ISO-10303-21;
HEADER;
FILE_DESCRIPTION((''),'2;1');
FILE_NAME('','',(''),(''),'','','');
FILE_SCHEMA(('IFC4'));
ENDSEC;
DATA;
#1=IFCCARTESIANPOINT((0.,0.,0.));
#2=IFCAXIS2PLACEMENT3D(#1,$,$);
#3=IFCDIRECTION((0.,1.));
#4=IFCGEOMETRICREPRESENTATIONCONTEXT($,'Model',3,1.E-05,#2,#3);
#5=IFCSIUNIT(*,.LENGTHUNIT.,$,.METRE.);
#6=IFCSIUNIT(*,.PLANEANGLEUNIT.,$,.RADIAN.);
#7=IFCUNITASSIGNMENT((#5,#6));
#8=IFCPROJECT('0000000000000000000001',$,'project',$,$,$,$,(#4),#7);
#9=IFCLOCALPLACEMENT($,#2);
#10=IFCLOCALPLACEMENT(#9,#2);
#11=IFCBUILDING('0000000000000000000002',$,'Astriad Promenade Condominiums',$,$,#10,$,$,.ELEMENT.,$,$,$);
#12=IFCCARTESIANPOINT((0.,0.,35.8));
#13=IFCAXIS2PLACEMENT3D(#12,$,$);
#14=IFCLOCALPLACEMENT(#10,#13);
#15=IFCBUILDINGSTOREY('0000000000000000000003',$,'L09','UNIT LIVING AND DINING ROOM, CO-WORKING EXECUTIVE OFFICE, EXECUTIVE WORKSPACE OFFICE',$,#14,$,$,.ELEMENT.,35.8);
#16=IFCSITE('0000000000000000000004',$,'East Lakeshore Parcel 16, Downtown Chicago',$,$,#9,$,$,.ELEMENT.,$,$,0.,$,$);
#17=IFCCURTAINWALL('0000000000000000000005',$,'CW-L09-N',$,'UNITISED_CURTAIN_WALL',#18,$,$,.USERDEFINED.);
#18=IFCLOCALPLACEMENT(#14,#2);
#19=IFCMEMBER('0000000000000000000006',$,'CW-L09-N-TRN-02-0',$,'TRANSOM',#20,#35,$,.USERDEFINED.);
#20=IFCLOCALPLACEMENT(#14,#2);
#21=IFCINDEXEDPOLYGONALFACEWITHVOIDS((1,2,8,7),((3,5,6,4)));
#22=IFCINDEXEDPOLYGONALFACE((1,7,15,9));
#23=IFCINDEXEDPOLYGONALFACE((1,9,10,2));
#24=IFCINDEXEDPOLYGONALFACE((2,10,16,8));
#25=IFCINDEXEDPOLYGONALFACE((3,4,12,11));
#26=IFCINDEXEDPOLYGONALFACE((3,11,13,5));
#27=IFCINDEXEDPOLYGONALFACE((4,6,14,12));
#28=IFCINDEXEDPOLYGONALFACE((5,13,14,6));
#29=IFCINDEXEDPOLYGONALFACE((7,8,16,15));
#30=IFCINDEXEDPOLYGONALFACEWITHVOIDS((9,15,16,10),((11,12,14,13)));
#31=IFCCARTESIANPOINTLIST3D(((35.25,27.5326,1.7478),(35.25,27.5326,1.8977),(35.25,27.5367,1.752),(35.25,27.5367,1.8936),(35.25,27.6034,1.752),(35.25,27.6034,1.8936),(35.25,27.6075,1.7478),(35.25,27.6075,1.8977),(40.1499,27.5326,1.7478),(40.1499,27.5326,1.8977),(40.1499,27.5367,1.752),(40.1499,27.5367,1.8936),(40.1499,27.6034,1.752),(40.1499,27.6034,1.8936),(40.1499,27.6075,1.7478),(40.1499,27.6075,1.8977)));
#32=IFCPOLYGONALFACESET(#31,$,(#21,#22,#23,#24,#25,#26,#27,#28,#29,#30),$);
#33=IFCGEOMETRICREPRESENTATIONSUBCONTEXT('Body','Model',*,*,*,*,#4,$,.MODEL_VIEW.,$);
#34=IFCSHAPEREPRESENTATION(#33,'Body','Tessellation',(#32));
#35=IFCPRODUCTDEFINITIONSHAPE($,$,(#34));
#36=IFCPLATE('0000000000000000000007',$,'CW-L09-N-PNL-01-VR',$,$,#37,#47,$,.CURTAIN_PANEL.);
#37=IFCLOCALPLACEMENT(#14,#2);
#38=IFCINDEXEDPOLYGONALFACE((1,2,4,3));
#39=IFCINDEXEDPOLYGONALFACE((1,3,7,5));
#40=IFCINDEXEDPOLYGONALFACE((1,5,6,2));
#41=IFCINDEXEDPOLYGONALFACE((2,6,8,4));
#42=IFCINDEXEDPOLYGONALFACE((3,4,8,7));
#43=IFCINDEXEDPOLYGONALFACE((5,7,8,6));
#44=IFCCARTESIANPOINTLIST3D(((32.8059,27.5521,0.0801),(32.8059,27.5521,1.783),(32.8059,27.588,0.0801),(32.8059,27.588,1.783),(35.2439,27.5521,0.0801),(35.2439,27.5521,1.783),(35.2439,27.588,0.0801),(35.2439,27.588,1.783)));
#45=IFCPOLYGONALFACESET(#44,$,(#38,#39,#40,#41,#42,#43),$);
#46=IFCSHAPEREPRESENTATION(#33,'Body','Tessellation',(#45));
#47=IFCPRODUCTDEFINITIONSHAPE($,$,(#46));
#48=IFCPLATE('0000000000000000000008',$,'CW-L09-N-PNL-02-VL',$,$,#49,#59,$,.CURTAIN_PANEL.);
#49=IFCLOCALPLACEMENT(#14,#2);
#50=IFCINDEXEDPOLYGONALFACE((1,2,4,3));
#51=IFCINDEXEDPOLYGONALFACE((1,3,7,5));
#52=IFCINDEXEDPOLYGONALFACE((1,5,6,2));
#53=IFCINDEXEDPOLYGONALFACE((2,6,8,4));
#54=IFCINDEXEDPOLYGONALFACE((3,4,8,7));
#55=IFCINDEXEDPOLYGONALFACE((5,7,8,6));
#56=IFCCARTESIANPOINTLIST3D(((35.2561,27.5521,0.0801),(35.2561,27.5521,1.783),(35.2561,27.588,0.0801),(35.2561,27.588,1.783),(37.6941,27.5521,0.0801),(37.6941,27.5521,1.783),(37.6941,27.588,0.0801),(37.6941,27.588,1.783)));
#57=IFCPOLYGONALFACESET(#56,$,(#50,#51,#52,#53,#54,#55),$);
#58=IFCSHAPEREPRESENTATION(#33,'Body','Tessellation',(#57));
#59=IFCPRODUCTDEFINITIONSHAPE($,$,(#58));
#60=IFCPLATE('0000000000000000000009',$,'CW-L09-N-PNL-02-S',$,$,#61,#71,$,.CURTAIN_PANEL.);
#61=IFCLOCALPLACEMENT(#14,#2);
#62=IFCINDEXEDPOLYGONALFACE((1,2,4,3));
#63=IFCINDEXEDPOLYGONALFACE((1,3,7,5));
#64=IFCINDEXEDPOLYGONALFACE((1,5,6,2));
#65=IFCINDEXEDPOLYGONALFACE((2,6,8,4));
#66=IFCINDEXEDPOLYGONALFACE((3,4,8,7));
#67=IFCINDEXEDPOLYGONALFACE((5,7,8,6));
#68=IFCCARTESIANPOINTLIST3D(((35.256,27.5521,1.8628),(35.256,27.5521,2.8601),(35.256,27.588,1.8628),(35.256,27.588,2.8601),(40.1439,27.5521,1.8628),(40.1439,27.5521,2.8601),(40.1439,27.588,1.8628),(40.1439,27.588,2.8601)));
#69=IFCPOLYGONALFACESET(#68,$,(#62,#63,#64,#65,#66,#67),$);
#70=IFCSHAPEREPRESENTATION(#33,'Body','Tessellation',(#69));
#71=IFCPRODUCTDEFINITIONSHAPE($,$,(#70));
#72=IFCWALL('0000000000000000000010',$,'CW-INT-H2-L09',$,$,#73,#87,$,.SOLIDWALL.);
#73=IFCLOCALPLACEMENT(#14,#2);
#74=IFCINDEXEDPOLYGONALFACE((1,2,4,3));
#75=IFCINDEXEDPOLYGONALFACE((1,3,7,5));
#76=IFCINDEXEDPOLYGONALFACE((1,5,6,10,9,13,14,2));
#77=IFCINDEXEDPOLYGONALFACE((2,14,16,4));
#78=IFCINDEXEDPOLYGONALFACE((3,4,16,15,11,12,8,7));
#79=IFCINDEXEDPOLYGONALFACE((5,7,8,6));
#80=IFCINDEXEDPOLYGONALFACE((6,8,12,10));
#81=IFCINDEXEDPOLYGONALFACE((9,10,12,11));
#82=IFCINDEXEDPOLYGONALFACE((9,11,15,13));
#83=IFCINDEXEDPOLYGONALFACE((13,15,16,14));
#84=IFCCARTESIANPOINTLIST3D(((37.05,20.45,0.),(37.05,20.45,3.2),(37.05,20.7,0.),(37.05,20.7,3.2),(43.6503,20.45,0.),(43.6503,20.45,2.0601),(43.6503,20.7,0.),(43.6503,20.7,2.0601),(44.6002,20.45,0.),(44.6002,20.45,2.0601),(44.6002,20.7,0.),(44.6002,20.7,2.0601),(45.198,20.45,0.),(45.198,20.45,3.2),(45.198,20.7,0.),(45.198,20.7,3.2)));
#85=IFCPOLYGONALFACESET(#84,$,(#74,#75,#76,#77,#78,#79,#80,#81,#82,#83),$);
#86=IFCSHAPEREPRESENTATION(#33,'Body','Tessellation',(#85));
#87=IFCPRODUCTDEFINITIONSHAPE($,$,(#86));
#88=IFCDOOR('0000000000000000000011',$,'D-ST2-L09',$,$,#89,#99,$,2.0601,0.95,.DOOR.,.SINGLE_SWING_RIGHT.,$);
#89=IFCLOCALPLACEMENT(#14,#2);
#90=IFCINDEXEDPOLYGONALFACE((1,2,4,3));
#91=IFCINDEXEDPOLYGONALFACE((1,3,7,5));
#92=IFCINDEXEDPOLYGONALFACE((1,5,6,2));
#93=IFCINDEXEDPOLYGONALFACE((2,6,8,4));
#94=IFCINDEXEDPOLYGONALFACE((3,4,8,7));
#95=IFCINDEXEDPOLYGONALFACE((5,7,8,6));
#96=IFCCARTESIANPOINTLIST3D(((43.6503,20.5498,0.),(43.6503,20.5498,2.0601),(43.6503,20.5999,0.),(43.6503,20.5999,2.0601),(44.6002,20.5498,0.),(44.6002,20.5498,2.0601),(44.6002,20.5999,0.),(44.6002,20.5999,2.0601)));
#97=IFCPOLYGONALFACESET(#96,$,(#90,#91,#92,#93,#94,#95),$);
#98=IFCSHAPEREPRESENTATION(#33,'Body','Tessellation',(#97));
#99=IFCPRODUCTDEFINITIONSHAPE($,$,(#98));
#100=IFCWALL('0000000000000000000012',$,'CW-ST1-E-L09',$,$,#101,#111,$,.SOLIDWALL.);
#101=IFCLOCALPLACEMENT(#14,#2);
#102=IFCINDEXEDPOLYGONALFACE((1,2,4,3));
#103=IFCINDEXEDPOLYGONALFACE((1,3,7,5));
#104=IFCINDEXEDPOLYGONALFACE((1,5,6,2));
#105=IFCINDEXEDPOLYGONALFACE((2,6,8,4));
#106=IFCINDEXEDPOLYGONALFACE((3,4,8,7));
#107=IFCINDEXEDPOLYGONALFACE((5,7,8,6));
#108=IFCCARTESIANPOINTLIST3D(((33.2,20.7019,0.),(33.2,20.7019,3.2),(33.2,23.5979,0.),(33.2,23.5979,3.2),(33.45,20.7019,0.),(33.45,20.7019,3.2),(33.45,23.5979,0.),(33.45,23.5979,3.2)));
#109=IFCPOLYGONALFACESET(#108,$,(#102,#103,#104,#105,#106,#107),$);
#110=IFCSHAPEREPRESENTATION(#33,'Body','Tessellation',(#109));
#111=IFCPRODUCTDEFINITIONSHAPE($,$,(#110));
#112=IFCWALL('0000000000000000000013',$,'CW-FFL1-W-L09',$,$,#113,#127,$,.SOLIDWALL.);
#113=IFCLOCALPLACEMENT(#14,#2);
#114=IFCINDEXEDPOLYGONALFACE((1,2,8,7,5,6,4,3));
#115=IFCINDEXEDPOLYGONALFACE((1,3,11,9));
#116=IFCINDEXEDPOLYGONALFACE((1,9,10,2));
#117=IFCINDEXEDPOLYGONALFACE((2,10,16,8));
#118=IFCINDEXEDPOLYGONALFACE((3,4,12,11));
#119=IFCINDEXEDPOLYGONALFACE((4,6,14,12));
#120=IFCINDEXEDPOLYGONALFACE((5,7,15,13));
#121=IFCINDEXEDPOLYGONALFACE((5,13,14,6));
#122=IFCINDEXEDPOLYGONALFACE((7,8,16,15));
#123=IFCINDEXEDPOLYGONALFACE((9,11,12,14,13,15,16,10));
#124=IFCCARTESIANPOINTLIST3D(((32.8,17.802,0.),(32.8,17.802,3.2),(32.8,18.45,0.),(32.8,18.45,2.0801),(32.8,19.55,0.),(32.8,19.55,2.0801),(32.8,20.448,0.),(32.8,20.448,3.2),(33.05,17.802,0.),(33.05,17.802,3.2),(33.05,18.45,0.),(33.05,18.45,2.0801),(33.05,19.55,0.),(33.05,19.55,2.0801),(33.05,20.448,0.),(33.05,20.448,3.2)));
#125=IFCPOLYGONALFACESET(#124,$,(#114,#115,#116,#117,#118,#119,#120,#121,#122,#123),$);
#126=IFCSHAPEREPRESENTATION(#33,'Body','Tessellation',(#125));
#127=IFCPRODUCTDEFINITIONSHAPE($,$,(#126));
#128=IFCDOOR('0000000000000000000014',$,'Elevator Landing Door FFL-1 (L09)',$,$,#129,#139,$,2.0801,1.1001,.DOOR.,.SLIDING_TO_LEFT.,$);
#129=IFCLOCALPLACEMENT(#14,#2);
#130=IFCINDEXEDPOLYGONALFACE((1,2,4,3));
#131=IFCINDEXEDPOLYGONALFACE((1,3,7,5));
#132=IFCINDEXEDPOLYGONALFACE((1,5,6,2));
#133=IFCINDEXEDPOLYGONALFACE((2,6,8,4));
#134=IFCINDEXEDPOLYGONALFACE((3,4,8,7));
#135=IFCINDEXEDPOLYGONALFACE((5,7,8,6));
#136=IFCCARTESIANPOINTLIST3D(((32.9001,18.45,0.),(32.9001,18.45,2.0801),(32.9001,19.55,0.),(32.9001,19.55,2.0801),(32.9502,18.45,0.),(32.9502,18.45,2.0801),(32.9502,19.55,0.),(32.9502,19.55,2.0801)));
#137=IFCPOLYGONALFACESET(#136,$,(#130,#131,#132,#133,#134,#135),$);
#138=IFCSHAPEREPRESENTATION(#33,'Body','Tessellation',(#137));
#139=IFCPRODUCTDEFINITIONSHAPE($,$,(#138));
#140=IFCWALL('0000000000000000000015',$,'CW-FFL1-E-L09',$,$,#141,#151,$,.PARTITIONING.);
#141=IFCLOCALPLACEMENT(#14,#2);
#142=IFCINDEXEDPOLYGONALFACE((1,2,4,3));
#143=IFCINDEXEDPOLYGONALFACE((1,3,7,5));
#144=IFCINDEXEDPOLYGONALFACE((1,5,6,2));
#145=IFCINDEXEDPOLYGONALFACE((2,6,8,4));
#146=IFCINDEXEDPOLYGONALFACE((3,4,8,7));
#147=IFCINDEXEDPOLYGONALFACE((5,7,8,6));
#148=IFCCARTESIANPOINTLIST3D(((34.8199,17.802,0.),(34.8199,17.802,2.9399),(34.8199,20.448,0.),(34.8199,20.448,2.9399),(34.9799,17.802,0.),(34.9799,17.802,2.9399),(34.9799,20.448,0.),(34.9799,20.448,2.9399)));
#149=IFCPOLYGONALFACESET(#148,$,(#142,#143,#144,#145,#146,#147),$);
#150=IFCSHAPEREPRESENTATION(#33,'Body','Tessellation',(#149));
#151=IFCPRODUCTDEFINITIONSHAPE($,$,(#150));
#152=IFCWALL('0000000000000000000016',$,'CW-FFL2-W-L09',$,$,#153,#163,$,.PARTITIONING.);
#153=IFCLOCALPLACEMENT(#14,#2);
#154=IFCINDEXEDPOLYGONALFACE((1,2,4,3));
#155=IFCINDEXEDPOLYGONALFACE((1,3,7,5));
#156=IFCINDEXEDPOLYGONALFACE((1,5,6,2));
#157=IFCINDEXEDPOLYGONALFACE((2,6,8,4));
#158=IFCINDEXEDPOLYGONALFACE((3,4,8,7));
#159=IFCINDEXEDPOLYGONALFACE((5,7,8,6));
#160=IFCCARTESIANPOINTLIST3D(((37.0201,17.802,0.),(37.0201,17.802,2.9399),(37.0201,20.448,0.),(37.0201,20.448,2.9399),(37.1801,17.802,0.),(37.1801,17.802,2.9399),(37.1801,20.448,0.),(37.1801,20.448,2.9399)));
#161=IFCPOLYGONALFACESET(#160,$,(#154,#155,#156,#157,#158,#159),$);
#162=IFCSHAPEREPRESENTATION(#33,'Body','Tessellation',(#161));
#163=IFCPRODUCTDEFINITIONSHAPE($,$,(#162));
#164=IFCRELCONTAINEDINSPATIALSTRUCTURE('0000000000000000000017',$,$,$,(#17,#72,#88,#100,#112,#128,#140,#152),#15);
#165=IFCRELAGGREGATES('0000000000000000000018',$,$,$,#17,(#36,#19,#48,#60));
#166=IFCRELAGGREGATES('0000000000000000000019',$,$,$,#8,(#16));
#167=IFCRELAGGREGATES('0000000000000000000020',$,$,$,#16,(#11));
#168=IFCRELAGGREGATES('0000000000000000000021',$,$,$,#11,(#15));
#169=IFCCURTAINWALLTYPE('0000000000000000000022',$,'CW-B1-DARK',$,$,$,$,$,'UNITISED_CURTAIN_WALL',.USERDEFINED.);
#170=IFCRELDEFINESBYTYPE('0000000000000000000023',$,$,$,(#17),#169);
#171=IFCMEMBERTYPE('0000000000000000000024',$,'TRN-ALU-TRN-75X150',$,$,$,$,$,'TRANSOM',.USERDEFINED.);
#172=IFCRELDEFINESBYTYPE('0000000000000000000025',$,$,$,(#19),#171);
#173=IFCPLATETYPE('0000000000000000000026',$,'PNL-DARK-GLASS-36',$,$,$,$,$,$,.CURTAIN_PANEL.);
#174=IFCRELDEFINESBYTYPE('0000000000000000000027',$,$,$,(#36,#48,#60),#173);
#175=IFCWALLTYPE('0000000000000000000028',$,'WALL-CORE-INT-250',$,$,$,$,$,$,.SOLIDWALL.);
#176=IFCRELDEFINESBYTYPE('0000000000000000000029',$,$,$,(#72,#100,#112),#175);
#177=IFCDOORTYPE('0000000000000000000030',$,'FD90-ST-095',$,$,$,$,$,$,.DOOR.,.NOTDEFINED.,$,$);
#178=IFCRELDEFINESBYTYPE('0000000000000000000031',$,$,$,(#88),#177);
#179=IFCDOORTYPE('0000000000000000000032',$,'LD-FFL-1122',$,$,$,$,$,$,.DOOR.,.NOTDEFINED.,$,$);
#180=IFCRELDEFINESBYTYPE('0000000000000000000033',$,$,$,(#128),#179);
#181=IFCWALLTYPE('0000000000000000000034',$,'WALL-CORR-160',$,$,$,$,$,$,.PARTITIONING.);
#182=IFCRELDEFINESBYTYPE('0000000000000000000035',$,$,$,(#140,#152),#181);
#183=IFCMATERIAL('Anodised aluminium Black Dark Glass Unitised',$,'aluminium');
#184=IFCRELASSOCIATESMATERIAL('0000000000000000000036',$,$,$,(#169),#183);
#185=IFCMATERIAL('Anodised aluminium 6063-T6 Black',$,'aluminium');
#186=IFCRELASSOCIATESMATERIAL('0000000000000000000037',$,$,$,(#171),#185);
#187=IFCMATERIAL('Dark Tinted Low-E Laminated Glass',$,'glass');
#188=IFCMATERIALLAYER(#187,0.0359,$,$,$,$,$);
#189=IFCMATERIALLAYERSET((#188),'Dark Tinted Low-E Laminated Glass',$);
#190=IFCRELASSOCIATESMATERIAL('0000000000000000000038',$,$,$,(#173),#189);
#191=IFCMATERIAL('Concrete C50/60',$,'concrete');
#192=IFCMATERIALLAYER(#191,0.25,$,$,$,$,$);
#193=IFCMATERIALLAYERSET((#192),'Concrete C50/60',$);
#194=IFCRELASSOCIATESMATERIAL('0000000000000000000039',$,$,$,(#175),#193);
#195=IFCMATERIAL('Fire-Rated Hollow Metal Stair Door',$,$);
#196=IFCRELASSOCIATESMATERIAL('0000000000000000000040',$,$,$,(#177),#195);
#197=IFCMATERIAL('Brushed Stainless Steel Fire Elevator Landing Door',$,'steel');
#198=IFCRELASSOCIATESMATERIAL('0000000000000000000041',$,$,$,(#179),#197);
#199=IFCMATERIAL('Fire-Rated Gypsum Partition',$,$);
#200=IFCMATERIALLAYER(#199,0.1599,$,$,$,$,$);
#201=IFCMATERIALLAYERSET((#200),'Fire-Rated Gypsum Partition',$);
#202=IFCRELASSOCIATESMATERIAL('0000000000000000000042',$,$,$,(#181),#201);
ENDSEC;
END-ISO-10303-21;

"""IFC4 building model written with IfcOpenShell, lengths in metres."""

from ifc_helpers import new_model, si_unit, direction, frame, frame_2d, origin, origin_2d, place, context, subcontext, project, spatial, rectangle, hollow_rectangle, extrude, source, transform, mapped, material, layer, layer_set, material_profile, profile_set, type_object, type_shapes, element, fill, aggregate, save


model = new_model("IFC4")

# Units and contexts
model_context = context("Model", 3, precision=1e-05, world=origin(), true_north=direction((0.0, 1.0)))
body_context = subcontext(model_context, "Body", "Model", "MODEL_VIEW")
ifc_project = project(units=[si_unit("LENGTHUNIT", "METRE"), si_unit("PLANEANGLEUNIT", "RADIAN")], contexts=[model_context])

# Site, building, storey
site_placement = place(None, origin())
site = spatial("IfcSite", under=ifc_project, at=site_placement, Name="East Lakeshore Parcel 16, Downtown Chicago", CompositionType="ELEMENT", RefElevation=0.0)
building_placement = place(site_placement, origin())
building = spatial("IfcBuilding", under=site, at=building_placement, Name="Astriad Promenade Condominiums", CompositionType="ELEMENT")
storey_placement = place(building_placement, frame((0.0, 0.0, 35.8)))
storey = spatial("IfcBuildingStorey", under=building, at=storey_placement, Name="L09", Description="UNIT LIVING AND DINING ROOM, CO-WORKING EXECUTIVE OFFICE, EXECUTIVE WORKSPACE OFFICE", CompositionType="ELEMENT", Elevation=35.8)

# Curtain wall, member, plates
ifc_material_1 = material(Name="Anodised aluminium Black Dark Glass Unitised", Category="aluminium")
curtain_wall_type = type_object("IfcCurtainWallType", Name="CW-B1-DARK", ElementType="UNITISED_CURTAIN_WALL", PredefinedType="USERDEFINED", material=ifc_material_1)
curtain_wall_placement = place(storey_placement, origin())
curtain_wall = element("IfcCurtainWall", 1, at=curtain_wall_placement, inside=storey, type_object=curtain_wall_type, Name="CW-L09-N", ObjectType="UNITISED_CURTAIN_WALL", PredefinedType="USERDEFINED")
ifc_material_2 = material(Name="Anodised aluminium 6063-T6 Black", Category="aluminium")
ifc_material_profile_1 = material_profile(ifc_material_2, hollow_rectangle(XDim=0.075, YDim=0.1499, WallThickness=0.0042, at=origin_2d()), Name="ALU-TRN-75X150")
ifc_profile_set_1 = profile_set([ifc_material_profile_1], Name="Anodised aluminium 6063-T6 Black")
member_type_1 = type_object("IfcMemberType", Name="TRN-ALU-TRN-75X150", ElementType="TRANSOM", PredefinedType="USERDEFINED", material=ifc_profile_set_1)
shared_shape_1 = source(origin(), body_context, "Body", "SweptSolid", [
    extrude(hollow_rectangle(XDim=0.075, YDim=0.1499, WallThickness=0.0042, at=origin_2d()), origin(), (0.0, 0.0, 1.0), 4.8999),
])
type_shapes(member_type_1, [shared_shape_1])
member_1_placement = place(storey_placement, frame((35.25, 27.5701, 1.8228), z_axis=(1.0, 0.0, 0.0), x_axis=(0.0, 1.0, 0.0)))
member_1 = element("IfcMember", 2, at=member_1_placement, type_object=member_type_1, Name="CW-L09-N-TRN-02-0", ObjectType="TRANSOM", PredefinedType="USERDEFINED", context=body_context, shape_type="MappedRepresentation", body=[
    mapped(shared_shape_1, transform((0.0, 0.0, 0.0), scale=1.0)),
])
ifc_material_3 = material(Name="Dark Tinted Low-E Laminated Glass", Category="glass")
ifc_layer_1 = layer(ifc_material_3, 0.0359)
ifc_layer_set_1 = layer_set([ifc_layer_1], Name="Dark Tinted Low-E Laminated Glass")
plate_type = type_object("IfcPlateType", Name="PNL-DARK-GLASS-36", PredefinedType="CURTAIN_PANEL", material=ifc_layer_set_1)
shared_shape_2 = source(origin(), body_context, "Body", "SweptSolid", [
    extrude(rectangle(XDim=2.438, YDim=0.0359, at=origin_2d()), origin(), (0.0, 0.0, 1.0), 1.7029),
])
plate_1_placement = place(storey_placement, frame((34.0249, 27.5701, 0.0801), z_axis=(0.0, 0.0, 1.0), x_axis=(1.0, 0.0, 0.0)))
plate_1 = element("IfcPlate", 3, at=plate_1_placement, type_object=plate_type, Name="CW-L09-N-PNL-01-VR", PredefinedType="CURTAIN_PANEL", context=body_context, shape_type="MappedRepresentation", body=[
    mapped(shared_shape_2, transform((0.0, 0.0, 0.0), scale=1.0)),
])
plate_2_placement = place(storey_placement, frame((36.4751, 27.5701, 0.0801), z_axis=(0.0, 0.0, 1.0), x_axis=(1.0, 0.0, 0.0)))
plate_2 = element("IfcPlate", 4, at=plate_2_placement, type_object=plate_type, Name="CW-L09-N-PNL-02-VL", PredefinedType="CURTAIN_PANEL", context=body_context, shape_type="MappedRepresentation", body=[
    mapped(shared_shape_2, transform((0.0, 0.0, 0.0), scale=1.0)),
])
shared_shape_3 = source(origin(), body_context, "Body", "SweptSolid", [
    extrude(rectangle(XDim=4.8879, YDim=0.0359, at=origin_2d()), origin(), (0.0, 0.0, 1.0), 0.9973),
])
type_shapes(plate_type, [shared_shape_2, shared_shape_3])
plate_3_placement = place(storey_placement, frame((37.7, 27.5701, 1.8628), z_axis=(0.0, 0.0, 1.0), x_axis=(1.0, 0.0, 0.0)))
plate_3 = element("IfcPlate", 5, at=plate_3_placement, type_object=plate_type, Name="CW-L09-N-PNL-02-S", PredefinedType="CURTAIN_PANEL", context=body_context, shape_type="MappedRepresentation", body=[
    mapped(shared_shape_3, transform((0.0, 0.0, 0.0), scale=1.0)),
])
aggregate(curtain_wall, [plate_1, member_1, plate_2, plate_3])

# Wall, opening, door
ifc_material_4 = material(Name="Concrete C50/60", Category="concrete")
ifc_layer_2 = layer(ifc_material_4, 0.25)
ifc_layer_set_2 = layer_set([ifc_layer_2], Name="Concrete C50/60")
wall_type_1 = type_object("IfcWallType", Name="WALL-CORE-INT-250", PredefinedType="SOLIDWALL", material=ifc_layer_set_2)
wall_1_placement = place(storey_placement, frame((37.05, 20.575, 0.0), z_axis=(0.0, 0.0, 1.0), x_axis=(1.0, 0.0, 0.0)))
wall_1 = element("IfcWall", 6, at=wall_1_placement, inside=storey, type_object=wall_type_1, Name="CW-INT-H2-L09", PredefinedType="SOLIDWALL", context=body_context, shape_type="SweptSolid", body=[
    extrude(rectangle(XDim=8.1479, YDim=0.25, at=frame_2d((4.074, 0.0))), origin(), (0.0, 0.0, 1.0), 3.2),
])
opening_1_placement = place(wall_1_placement, frame((6.6001, 0.0, 0.0)))
opening_1 = element("IfcOpeningElement", 7, at=opening_1_placement, cuts=wall_1, PredefinedType="OPENING", context=body_context, shape_type="SweptSolid", body=[
    extrude(rectangle(XDim=0.95, YDim=2.0601, at=frame_2d((0.4751, 1.03))), frame((0.0, 0.135, 0.0), z_axis=(0.0, -1.0, 0.0), x_axis=(1.0, 0.0, 0.0)), (0.0, 0.0, 1.0), 0.27),
])
ifc_material_5 = material(Name="Fire-Rated Hollow Metal Stair Door")
door_type_1 = type_object("IfcDoorType", Name="FD90-ST-095", OperationType="NOTDEFINED", PredefinedType="DOOR", material=ifc_material_5)
shared_shape_4 = source(origin(), body_context, "Body", "SweptSolid", [
    extrude(rectangle(XDim=0.95, YDim=2.0601, at=frame_2d((0.4751, 1.03))), frame((0.0, 0.0249, 0.0), z_axis=(0.0, -1.0, 0.0), x_axis=(1.0, 0.0, 0.0)), (0.0, 0.0, 1.0), 0.05),
])
type_shapes(door_type_1, [shared_shape_4])
door_1_placement = place(opening_1_placement, origin())
door_1 = element("IfcDoor", 8, at=door_1_placement, inside=storey, type_object=door_type_1, Name="D-ST2-L09", OperationType="SINGLE_SWING_RIGHT", OverallHeight=2.0601, OverallWidth=0.95, PredefinedType="DOOR", context=body_context, shape_type="MappedRepresentation", body=[
    mapped(shared_shape_4, transform((0.0, 0.0, 0.0), scale=1.0)),
])
fill(opening_1, door_1)

# Wall
wall_2_placement = place(storey_placement, frame((33.325, 20.7019, 0.0), z_axis=(0.0, 0.0, 1.0), x_axis=(0.0, 1.0, 0.0)))
element("IfcWall", 9, at=wall_2_placement, inside=storey, type_object=wall_type_1, Name="CW-ST1-E-L09", PredefinedType="SOLIDWALL", context=body_context, shape_type="SweptSolid", body=[
    extrude(rectangle(XDim=2.896, YDim=0.25, at=frame_2d((1.448, 0.0))), origin(), (0.0, 0.0, 1.0), 3.2),
])

# Wall, opening, door
wall_3_placement = place(storey_placement, frame((32.925, 17.802, 0.0), z_axis=(0.0, 0.0, 1.0), x_axis=(0.0, 1.0, 0.0)))
wall_3 = element("IfcWall", 10, at=wall_3_placement, inside=storey, type_object=wall_type_1, Name="CW-FFL1-W-L09", PredefinedType="SOLIDWALL", context=body_context, shape_type="SweptSolid", body=[
    extrude(rectangle(XDim=2.646, YDim=0.25, at=frame_2d((1.323, 0.0))), origin(), (0.0, 0.0, 1.0), 3.2),
])
opening_2_placement = place(wall_3_placement, frame((0.6479, 0.0, 0.0)))
opening_2 = element("IfcOpeningElement", 11, at=opening_2_placement, cuts=wall_3, PredefinedType="OPENING", context=body_context, shape_type="SweptSolid", body=[
    extrude(rectangle(XDim=1.1001, YDim=2.0801, at=frame_2d((0.55, 1.04))), frame((0.0, 0.135, 0.0), z_axis=(0.0, -1.0, 0.0), x_axis=(1.0, 0.0, 0.0)), (0.0, 0.0, 1.0), 0.27),
])
ifc_material_6 = material(Name="Brushed Stainless Steel Fire Elevator Landing Door", Category="steel")
door_type_2 = type_object("IfcDoorType", Name="LD-FFL-1122", OperationType="NOTDEFINED", PredefinedType="DOOR", material=ifc_material_6)
shared_shape_5 = source(origin(), body_context, "Body", "SweptSolid", [
    extrude(rectangle(XDim=1.1001, YDim=2.0801, at=frame_2d((0.55, 1.04))), frame((0.0, 0.0249, 0.0), z_axis=(0.0, -1.0, 0.0), x_axis=(1.0, 0.0, 0.0)), (0.0, 0.0, 1.0), 0.05),
])
type_shapes(door_type_2, [shared_shape_5])
door_2_placement = place(opening_2_placement, origin())
door_2 = element("IfcDoor", 12, at=door_2_placement, inside=storey, type_object=door_type_2, Name="Elevator Landing Door FFL-1 (L09)", OperationType="SLIDING_TO_LEFT", OverallHeight=2.0801, OverallWidth=1.1001, PredefinedType="DOOR", context=body_context, shape_type="MappedRepresentation", body=[
    mapped(shared_shape_5, transform((0.0, 0.0, 0.0), scale=1.0)),
])
fill(opening_2, door_2)

# Walls
ifc_material_7 = material(Name="Fire-Rated Gypsum Partition")
ifc_layer_3 = layer(ifc_material_7, 0.1599)
ifc_layer_set_3 = layer_set([ifc_layer_3], Name="Fire-Rated Gypsum Partition")
wall_type_2 = type_object("IfcWallType", Name="WALL-CORR-160", PredefinedType="PARTITIONING", material=ifc_layer_set_3)
for number, where, z_axis, x_axis, name in (
    (13, (34.8999, 17.802, 0.0), (0.0, 0.0, 1.0), (0.0, 1.0, 0.0), "CW-FFL1-E-L09"),
    (14, (37.1001, 17.802, 0.0), (0.0, 0.0, 1.0), (0.0, 1.0, 0.0), "CW-FFL2-W-L09"),
):
    element("IfcWall", number, at=place(storey_placement, frame(where, z_axis=z_axis, x_axis=x_axis)), inside=storey, type_object=wall_type_2, Name=name, PredefinedType="PARTITIONING", context=body_context, shape_type="SweptSolid", body=[
        extrude(rectangle(XDim=2.646, YDim=0.1599, at=frame_2d((1.323, 0.0))), origin(), (0.0, 0.0, 1.0), 2.9399),
    ])

save(model, "model.ifc")
